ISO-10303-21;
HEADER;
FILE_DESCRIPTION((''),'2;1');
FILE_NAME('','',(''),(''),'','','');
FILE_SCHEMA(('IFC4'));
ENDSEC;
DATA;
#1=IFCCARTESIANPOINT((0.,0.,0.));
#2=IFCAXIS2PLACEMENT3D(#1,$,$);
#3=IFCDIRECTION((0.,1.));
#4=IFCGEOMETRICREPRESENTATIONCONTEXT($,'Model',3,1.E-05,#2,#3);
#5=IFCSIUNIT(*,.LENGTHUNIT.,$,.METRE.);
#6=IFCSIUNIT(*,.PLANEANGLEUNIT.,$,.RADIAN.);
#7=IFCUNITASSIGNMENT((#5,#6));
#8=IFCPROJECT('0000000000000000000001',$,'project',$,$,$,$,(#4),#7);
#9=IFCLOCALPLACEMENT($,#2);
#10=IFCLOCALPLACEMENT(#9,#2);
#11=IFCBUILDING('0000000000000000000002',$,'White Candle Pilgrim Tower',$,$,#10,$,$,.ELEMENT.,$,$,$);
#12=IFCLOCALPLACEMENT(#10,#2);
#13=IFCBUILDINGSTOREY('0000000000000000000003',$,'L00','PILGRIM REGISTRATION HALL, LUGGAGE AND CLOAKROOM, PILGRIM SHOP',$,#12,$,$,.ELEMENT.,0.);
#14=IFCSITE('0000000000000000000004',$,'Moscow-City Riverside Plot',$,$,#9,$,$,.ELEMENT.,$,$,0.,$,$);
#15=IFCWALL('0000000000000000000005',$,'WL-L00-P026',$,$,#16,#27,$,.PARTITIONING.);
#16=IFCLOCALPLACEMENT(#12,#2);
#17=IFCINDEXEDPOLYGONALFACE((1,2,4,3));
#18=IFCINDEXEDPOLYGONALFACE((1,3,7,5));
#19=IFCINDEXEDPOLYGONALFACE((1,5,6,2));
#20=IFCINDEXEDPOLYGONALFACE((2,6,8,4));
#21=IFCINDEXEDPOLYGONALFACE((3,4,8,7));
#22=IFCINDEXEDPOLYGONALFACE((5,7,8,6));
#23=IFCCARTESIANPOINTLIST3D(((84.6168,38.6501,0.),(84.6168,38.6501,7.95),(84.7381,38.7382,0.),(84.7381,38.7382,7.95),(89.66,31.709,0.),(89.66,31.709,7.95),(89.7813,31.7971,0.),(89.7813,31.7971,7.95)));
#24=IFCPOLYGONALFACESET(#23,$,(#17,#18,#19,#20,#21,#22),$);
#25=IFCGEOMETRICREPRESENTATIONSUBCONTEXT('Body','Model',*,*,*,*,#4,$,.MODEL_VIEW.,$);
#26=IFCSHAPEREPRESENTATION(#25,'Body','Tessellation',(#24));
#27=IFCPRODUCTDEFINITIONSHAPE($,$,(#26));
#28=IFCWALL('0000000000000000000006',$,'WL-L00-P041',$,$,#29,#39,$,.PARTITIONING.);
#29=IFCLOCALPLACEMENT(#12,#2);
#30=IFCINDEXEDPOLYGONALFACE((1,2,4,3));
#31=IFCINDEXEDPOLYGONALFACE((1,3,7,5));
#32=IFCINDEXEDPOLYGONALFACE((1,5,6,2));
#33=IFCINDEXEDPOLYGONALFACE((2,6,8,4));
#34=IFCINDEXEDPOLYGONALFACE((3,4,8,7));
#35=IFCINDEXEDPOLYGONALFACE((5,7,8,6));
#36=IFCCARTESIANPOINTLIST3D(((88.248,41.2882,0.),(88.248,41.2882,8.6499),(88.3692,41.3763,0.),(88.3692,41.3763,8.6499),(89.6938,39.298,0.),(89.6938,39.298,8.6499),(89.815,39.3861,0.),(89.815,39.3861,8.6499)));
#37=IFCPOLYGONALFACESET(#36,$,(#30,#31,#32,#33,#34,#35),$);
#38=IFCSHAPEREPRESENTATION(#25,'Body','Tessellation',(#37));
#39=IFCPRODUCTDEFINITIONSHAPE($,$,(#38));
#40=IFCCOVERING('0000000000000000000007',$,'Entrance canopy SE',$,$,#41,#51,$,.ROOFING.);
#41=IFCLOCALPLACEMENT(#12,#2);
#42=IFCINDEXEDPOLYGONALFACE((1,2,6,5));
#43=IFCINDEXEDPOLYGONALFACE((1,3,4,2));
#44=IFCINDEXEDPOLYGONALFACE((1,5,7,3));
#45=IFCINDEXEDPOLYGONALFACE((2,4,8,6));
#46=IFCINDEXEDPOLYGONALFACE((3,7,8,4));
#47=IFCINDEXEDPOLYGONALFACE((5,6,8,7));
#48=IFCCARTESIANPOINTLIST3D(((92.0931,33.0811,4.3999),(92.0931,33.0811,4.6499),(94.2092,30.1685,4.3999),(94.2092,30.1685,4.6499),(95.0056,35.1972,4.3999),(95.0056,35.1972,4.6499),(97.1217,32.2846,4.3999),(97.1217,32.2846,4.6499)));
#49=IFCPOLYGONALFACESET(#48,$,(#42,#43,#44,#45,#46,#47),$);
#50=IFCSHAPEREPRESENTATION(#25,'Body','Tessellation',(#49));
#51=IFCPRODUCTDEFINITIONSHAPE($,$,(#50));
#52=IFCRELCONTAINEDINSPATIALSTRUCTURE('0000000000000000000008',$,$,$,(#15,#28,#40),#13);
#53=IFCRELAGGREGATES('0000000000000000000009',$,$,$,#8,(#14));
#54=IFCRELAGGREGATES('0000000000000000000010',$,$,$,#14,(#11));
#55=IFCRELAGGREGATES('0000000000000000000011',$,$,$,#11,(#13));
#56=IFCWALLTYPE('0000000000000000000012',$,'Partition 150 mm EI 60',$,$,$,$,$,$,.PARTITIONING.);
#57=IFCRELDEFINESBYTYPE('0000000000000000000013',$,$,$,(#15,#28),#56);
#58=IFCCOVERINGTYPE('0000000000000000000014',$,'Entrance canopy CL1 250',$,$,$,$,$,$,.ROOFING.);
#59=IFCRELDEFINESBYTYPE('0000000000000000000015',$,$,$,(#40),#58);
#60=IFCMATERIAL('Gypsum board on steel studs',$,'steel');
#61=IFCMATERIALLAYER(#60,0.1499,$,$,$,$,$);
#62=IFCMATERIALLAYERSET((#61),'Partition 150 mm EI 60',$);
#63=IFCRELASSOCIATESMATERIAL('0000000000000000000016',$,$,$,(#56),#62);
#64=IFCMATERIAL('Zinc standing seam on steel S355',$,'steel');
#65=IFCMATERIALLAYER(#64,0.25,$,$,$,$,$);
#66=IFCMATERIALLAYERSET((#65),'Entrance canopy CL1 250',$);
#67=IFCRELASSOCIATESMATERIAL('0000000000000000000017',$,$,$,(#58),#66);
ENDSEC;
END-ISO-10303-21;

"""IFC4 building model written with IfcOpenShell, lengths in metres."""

from ifc_helpers import new_model, si_unit, direction, frame, frame_2d, origin, origin_2d, place, context, subcontext, project, spatial, rectangle, extrude, material, layer, layer_set, type_object, element, save


model = new_model("IFC4")

# Units and contexts
model_context = context("Model", 3, precision=1e-05, world=origin(), true_north=direction((0.0, 1.0)))
body_context = subcontext(model_context, "Body", "Model", "MODEL_VIEW")
ifc_project = project(units=[si_unit("LENGTHUNIT", "METRE"), si_unit("PLANEANGLEUNIT", "RADIAN")], contexts=[model_context])

# Site, building, storey
site_placement = place(None, origin())
site = spatial("IfcSite", under=ifc_project, at=site_placement, Name="Moscow-City Riverside Plot", CompositionType="ELEMENT", RefElevation=0.0)
building_placement = place(site_placement, origin())
building = spatial("IfcBuilding", under=site, at=building_placement, Name="White Candle Pilgrim Tower", CompositionType="ELEMENT")
storey_placement = place(building_placement, origin())
storey = spatial("IfcBuildingStorey", under=building, at=storey_placement, Name="L00", Description="PILGRIM REGISTRATION HALL, LUGGAGE AND CLOAKROOM, PILGRIM SHOP", CompositionType="ELEMENT", Elevation=0.0)

# Walls
ifc_material_1 = material(Name="Gypsum board on steel studs", Category="steel")
ifc_layer_1 = layer(ifc_material_1, 0.1499)
ifc_layer_set_1 = layer_set([ifc_layer_1], Name="Partition 150 mm EI 60")
wall_type_1 = type_object("IfcWallType", Name="Partition 150 mm EI 60", PredefinedType="PARTITIONING", material=ifc_layer_set_1)
wall_1_placement = place(storey_placement, frame((89.7207, 31.7529, 0.0), z_axis=(0.0, 0.0, 1.0), x_axis=(-0.587798, 0.809008, 0.0)))
element("IfcWall", 1, at=wall_1_placement, inside=storey, type_object=wall_type_1, Name="WL-L00-P026", PredefinedType="PARTITIONING", context=body_context, shape_type="SweptSolid", body=[
    extrude(rectangle(XDim=8.5798, YDim=0.1499, at=frame_2d((4.29, 0.0))), origin(), (0.0, 0.0, 1.0), 7.95),
])
wall_2_placement = place(storey_placement, frame((89.7544, 39.342, 0.0), z_axis=(0.0, 0.0, 1.0), x_axis=(-0.587735, 0.809054, 0.0)))
element("IfcWall", 2, at=wall_2_placement, inside=storey, type_object=wall_type_1, Name="WL-L00-P041", PredefinedType="PARTITIONING", context=body_context, shape_type="SweptSolid", body=[
    extrude(rectangle(XDim=2.46, YDim=0.1499, at=frame_2d((1.23, 0.0))), origin(), (0.0, 0.0, 1.0), 8.6499),
])

# Covering
ifc_material_2 = material(Name="Zinc standing seam on steel S355", Category="steel")
ifc_layer_2 = layer(ifc_material_2, 0.25)
ifc_layer_set_2 = layer_set([ifc_layer_2], Name="Entrance canopy CL1 250")
covering_type = type_object("IfcCoveringType", Name="Entrance canopy CL1 250", PredefinedType="ROOFING", material=ifc_layer_set_2)
covering_placement = place(storey_placement, frame((94.6074, 32.6829, 4.3999), z_axis=(0.0, 0.0, 1.0), x_axis=(0.809017, 0.587785, 0.0)))
element("IfcCovering", 3, at=covering_placement, inside=storey, type_object=covering_type, Name="Entrance canopy SE", PredefinedType="ROOFING", context=body_context, shape_type="SweptSolid", body=[
    extrude(rectangle(XDim=3.6001, YDim=3.6001, at=origin_2d()), origin(), (0.0, 0.0, 1.0), 0.25),
])

save(model, "model.ifc")
